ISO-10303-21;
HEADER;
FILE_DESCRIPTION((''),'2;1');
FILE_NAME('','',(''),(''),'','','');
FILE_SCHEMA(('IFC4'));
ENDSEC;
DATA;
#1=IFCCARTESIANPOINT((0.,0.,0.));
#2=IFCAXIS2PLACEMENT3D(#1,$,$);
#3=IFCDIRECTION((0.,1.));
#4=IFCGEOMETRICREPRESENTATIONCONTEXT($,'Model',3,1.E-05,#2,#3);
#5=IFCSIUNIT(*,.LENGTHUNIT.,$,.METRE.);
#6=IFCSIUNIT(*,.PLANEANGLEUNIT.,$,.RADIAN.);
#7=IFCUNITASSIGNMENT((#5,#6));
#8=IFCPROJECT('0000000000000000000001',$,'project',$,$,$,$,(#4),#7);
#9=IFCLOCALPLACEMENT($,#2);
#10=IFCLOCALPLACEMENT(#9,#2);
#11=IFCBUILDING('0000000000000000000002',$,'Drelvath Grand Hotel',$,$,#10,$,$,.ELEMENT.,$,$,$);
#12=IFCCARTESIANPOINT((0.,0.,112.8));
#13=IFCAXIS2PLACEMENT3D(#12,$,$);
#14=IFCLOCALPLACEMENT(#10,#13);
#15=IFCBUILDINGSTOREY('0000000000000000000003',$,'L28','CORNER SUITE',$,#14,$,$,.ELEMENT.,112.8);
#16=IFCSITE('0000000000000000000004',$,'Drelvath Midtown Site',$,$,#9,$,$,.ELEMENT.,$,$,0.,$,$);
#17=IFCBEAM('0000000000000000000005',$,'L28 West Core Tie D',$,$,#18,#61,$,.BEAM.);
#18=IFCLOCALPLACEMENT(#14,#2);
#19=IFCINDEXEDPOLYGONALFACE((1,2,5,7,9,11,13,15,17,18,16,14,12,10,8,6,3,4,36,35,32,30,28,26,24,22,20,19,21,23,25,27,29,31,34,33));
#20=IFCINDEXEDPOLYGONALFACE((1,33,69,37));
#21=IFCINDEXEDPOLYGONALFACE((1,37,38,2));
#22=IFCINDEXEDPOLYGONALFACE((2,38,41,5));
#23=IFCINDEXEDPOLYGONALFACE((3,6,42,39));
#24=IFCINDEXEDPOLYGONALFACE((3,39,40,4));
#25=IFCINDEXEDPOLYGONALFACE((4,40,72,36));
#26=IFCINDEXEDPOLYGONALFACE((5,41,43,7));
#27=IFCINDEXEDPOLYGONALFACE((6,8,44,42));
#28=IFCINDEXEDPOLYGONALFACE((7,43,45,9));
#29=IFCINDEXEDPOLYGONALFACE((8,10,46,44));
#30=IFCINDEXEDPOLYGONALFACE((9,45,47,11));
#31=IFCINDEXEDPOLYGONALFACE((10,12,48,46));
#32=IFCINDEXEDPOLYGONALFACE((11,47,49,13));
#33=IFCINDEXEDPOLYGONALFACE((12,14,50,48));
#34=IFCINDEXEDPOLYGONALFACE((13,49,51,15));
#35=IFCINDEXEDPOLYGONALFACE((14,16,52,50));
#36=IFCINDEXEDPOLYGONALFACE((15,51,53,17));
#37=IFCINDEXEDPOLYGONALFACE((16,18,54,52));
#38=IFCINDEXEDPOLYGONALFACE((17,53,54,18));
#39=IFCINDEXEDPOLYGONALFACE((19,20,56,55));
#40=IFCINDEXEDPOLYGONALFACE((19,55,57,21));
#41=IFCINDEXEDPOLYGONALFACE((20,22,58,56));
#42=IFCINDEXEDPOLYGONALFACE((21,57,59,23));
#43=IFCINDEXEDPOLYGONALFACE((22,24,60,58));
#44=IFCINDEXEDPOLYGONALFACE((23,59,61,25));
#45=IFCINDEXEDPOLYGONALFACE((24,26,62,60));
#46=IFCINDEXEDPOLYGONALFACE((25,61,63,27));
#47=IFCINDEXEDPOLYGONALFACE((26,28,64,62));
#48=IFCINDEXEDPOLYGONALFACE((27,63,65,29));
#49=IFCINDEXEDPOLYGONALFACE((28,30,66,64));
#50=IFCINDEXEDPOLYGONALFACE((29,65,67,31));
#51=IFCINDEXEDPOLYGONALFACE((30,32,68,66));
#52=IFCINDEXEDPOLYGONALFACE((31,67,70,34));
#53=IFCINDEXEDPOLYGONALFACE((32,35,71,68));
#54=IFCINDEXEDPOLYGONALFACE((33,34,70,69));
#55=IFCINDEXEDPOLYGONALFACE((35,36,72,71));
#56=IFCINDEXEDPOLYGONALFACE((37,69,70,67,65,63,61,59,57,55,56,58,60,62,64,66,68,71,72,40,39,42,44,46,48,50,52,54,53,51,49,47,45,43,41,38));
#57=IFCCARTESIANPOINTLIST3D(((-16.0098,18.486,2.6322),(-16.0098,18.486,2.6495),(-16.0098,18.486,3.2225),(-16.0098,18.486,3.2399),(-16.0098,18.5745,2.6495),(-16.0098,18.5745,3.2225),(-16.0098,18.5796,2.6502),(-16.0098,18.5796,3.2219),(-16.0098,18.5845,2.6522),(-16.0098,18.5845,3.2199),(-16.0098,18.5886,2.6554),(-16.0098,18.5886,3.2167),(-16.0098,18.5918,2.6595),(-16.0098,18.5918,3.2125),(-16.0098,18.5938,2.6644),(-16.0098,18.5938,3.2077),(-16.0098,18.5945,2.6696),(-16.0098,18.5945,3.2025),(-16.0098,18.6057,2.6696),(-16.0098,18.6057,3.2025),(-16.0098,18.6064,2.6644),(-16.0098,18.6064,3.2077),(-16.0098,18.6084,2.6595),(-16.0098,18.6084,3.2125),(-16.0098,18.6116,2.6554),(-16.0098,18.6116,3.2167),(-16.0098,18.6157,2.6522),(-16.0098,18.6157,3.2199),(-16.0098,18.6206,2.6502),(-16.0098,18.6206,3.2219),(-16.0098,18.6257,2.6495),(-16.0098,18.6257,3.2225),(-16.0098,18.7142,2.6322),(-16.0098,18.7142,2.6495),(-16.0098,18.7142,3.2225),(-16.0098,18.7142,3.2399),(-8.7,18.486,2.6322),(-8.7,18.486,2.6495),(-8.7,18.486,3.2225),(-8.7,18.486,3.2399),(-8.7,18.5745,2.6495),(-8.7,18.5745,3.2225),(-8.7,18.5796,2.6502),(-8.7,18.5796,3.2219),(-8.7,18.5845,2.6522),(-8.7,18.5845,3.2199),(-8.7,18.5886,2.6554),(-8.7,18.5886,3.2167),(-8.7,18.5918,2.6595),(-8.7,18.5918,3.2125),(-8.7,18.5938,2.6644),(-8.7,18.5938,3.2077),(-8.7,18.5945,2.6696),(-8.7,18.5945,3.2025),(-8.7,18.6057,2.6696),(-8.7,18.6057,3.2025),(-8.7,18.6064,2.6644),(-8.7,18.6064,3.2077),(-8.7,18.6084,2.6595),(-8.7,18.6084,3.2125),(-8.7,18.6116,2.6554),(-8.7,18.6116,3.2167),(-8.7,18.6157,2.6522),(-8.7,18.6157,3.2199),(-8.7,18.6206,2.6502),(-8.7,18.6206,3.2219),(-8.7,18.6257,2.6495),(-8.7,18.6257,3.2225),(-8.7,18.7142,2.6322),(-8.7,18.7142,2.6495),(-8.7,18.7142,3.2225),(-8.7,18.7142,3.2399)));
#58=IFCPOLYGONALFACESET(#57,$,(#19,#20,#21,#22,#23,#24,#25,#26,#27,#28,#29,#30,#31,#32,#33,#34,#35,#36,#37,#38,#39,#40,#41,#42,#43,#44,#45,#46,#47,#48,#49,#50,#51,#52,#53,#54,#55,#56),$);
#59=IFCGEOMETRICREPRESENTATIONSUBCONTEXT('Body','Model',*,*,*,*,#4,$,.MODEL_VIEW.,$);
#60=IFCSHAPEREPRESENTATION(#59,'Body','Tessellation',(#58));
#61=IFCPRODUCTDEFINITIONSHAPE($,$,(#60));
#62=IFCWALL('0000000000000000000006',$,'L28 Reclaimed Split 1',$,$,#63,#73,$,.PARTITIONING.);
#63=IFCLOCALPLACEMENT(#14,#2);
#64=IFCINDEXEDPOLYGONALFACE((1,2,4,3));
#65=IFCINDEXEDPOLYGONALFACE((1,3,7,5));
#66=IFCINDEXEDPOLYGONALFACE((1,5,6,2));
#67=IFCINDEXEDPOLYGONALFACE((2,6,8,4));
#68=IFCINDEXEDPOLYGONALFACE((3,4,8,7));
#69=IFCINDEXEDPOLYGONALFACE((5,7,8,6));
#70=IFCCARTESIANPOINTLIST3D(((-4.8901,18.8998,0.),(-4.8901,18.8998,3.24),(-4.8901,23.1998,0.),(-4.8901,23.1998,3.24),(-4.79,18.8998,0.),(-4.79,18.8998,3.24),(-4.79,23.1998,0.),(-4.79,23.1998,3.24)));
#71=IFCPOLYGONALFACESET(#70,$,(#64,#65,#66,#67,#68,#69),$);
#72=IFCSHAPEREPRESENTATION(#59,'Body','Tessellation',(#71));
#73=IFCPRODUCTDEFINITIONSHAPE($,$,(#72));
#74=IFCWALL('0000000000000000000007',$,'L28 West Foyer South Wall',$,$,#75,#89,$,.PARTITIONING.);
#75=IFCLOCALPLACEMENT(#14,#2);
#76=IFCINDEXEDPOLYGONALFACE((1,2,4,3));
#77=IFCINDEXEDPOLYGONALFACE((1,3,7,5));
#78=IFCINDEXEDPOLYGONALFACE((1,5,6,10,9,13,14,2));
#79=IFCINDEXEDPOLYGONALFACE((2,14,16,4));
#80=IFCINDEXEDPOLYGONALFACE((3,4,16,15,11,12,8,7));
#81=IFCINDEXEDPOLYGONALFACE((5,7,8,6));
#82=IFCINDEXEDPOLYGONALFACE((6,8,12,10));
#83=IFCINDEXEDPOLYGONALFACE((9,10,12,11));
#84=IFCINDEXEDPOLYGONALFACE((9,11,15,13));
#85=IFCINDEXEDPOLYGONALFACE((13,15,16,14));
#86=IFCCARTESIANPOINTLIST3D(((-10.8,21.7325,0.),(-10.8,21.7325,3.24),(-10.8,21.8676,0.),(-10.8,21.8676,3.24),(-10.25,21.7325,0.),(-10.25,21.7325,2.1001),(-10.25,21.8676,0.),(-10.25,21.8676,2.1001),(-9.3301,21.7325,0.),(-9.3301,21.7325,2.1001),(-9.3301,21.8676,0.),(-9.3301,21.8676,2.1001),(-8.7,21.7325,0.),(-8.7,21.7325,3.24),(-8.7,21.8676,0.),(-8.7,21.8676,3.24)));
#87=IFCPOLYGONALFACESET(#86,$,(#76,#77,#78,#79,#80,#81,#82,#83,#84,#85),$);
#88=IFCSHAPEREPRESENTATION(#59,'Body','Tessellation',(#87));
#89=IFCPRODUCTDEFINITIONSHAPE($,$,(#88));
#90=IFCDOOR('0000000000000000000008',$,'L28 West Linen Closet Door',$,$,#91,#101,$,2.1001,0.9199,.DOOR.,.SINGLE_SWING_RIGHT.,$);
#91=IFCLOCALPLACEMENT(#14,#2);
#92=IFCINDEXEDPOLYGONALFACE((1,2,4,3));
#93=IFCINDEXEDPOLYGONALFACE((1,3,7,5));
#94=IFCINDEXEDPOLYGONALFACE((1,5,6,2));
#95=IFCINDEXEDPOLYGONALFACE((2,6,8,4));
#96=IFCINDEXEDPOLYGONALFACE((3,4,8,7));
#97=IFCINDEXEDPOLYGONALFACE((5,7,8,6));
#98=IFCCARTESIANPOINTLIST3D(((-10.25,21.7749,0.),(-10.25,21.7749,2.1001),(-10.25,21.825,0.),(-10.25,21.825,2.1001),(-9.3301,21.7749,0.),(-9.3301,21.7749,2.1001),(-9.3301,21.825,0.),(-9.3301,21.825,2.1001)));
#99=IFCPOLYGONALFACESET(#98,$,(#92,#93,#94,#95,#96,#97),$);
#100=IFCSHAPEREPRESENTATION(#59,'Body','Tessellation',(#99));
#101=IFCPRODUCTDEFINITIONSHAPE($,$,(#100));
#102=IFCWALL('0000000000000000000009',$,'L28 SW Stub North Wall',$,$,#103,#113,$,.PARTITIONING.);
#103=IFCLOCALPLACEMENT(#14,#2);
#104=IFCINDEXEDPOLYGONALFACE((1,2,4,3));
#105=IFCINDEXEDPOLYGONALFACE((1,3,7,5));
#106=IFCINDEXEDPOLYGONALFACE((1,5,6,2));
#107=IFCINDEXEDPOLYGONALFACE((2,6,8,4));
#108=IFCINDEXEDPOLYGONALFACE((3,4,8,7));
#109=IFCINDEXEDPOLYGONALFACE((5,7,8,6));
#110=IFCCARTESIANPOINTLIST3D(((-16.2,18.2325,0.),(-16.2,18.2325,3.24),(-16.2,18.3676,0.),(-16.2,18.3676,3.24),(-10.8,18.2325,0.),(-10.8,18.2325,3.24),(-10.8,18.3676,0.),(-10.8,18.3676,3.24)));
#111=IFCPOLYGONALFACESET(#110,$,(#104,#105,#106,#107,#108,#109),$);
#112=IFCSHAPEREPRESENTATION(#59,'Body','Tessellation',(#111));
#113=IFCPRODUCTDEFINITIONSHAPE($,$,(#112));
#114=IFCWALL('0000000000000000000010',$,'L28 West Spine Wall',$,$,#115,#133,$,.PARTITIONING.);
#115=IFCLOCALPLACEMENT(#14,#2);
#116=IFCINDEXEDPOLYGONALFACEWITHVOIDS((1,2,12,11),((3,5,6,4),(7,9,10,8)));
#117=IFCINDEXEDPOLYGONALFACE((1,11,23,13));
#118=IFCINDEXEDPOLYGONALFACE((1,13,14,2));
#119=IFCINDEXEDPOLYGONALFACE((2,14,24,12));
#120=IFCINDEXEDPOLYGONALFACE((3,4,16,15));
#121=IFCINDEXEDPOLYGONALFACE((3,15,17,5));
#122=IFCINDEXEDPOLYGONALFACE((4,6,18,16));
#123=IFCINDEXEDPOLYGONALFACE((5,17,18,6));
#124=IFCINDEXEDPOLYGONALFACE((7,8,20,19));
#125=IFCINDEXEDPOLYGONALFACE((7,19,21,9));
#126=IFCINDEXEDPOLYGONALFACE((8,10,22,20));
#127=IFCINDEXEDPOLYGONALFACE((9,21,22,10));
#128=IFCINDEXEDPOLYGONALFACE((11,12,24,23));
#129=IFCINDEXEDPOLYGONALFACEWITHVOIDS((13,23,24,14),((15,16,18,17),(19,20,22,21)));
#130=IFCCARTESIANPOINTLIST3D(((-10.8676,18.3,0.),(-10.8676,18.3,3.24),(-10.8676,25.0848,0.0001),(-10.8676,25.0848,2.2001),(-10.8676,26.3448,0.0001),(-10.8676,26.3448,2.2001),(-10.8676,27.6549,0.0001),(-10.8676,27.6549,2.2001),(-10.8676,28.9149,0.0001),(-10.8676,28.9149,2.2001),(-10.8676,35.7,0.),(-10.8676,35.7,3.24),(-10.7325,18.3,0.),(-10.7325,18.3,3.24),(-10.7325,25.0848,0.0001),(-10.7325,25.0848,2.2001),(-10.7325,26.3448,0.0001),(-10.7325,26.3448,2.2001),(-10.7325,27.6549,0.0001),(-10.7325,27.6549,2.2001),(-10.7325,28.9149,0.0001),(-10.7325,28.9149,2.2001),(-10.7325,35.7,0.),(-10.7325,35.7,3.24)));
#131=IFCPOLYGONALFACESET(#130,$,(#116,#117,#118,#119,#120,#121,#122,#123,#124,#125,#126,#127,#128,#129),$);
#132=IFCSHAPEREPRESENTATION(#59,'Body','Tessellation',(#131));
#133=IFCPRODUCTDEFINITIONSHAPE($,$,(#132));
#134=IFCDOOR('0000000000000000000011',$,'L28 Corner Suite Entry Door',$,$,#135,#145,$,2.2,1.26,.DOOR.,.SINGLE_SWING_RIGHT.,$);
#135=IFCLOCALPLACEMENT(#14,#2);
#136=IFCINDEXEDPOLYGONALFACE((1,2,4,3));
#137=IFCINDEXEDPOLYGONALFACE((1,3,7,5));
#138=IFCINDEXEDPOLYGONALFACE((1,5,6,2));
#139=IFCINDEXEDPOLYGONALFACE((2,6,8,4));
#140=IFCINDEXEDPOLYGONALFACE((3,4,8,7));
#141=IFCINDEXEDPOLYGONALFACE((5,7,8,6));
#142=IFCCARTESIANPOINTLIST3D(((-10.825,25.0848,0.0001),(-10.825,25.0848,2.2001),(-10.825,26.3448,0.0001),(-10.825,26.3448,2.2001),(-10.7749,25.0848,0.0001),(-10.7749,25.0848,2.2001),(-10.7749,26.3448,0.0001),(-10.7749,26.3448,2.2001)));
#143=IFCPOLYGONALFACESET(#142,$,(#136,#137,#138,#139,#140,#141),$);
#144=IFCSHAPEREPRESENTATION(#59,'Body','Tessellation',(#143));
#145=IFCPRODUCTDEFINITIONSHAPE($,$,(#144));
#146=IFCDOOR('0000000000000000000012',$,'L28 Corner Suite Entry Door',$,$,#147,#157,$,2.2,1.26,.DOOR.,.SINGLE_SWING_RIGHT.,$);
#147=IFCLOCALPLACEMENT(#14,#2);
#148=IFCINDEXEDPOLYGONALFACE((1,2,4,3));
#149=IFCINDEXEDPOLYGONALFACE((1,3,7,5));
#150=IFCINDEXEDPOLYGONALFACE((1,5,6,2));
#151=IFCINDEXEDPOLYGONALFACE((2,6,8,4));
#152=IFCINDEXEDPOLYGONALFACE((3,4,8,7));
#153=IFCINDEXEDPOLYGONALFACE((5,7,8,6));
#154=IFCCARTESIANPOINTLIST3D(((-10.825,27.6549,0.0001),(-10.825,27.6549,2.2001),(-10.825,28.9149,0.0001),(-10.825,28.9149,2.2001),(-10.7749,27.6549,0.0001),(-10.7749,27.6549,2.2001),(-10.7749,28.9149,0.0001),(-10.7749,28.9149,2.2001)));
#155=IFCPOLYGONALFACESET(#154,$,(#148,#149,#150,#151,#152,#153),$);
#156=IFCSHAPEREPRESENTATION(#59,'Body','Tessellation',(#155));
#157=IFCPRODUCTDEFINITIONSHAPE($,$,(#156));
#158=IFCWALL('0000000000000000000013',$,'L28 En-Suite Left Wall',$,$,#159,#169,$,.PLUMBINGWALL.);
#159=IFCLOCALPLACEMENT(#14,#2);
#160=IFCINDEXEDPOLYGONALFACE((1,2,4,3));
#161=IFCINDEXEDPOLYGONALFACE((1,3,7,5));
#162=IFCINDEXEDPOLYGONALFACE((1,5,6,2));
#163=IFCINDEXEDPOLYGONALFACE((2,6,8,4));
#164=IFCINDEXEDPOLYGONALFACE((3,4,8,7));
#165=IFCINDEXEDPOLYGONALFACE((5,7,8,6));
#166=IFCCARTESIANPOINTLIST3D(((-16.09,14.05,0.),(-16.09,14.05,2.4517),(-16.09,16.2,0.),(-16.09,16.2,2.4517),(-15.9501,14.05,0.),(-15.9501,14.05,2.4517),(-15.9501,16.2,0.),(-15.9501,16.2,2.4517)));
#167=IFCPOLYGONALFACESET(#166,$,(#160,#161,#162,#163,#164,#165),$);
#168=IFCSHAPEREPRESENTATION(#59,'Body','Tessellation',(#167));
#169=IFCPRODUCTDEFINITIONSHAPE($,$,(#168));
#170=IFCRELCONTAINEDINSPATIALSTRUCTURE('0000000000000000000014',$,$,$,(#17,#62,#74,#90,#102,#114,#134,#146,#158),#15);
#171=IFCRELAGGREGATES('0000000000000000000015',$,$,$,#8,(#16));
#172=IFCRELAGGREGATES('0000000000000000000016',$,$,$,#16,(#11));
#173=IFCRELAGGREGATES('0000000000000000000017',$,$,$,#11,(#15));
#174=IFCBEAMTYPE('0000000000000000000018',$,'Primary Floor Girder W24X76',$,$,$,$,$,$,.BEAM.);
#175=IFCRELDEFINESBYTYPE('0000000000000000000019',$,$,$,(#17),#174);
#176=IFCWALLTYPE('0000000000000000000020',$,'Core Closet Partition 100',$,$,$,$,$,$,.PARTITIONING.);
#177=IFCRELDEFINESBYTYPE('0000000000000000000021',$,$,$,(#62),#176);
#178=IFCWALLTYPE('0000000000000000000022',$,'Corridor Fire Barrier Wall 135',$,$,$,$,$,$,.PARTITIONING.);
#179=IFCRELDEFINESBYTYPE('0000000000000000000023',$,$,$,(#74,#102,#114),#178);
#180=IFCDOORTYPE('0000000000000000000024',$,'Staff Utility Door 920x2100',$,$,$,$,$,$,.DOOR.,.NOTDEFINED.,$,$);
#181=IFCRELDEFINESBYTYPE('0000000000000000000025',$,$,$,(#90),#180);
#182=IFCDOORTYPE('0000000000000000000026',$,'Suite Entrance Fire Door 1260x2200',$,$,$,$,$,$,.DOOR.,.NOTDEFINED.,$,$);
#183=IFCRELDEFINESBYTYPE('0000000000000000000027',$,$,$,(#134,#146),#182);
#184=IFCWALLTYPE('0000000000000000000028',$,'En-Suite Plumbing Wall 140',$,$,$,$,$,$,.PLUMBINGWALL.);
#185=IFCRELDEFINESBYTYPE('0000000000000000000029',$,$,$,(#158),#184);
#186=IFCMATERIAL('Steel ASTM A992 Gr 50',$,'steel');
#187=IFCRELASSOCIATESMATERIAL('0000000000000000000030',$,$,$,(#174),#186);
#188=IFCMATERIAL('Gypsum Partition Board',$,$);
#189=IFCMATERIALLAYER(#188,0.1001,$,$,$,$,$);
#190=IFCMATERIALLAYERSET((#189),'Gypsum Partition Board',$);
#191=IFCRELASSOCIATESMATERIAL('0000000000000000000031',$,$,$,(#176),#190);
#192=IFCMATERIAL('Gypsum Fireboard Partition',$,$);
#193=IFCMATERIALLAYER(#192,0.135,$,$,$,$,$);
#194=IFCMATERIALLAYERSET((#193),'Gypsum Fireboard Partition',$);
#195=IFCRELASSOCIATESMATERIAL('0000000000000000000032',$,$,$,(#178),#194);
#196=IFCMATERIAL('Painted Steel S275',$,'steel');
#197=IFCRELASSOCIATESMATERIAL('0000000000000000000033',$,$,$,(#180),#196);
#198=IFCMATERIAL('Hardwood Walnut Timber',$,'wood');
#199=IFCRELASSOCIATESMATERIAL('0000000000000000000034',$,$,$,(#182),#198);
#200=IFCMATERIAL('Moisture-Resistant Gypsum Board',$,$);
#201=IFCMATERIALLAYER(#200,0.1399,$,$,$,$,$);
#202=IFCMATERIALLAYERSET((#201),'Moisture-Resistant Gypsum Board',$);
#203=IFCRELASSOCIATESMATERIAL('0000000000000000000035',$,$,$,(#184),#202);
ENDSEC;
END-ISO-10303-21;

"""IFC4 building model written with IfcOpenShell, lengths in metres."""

from ifc_helpers import new_model, si_unit, direction, frame, frame_2d, origin, origin_2d, place, context, subcontext, project, spatial, rectangle, i_section, extrude, material, layer, layer_set, material_profile, profile_set, type_object, element, fill, save


model = new_model("IFC4")

# Units and contexts
model_context = context("Model", 3, precision=1e-05, world=origin(), true_north=direction((0.0, 1.0)))
body_context = subcontext(model_context, "Body", "Model", "MODEL_VIEW")
ifc_project = project(units=[si_unit("LENGTHUNIT", "METRE"), si_unit("PLANEANGLEUNIT", "RADIAN")], contexts=[model_context])

# Site, building, storey
site_placement = place(None, origin())
site = spatial("IfcSite", under=ifc_project, at=site_placement, Name="Drelvath Midtown Site", CompositionType="ELEMENT", RefElevation=0.0)
building_placement = place(site_placement, origin())
building = spatial("IfcBuilding", under=site, at=building_placement, Name="Drelvath Grand Hotel", CompositionType="ELEMENT")
storey_placement = place(building_placement, frame((0.0, 0.0, 112.8)))
storey = spatial("IfcBuildingStorey", under=building, at=storey_placement, Name="L28", Description="CORNER SUITE", CompositionType="ELEMENT", Elevation=112.8)

# Beam
ifc_material_1 = material(Name="Steel ASTM A992 Gr 50", Category="steel")
ifc_material_profile = material_profile(ifc_material_1, i_section(OverallWidth=0.2283, OverallDepth=0.6077, WebThickness=0.0112, FlangeThickness=0.0173, FilletRadius=0.02, at=origin_2d()), Name="W24X76")
ifc_profile_set = profile_set([ifc_material_profile], Name="Steel ASTM A992 Gr 50")
beam_type = type_object("IfcBeamType", Name="Primary Floor Girder W24X76", PredefinedType="BEAM", material=ifc_profile_set)
beam_placement = place(storey_placement, frame((-16.0098, 18.6001, 2.936), z_axis=(1.0, 0.0, 0.0), x_axis=(0.0, 1.0, 0.0)))
element("IfcBeam", 1, at=beam_placement, inside=storey, type_object=beam_type, Name="L28 West Core Tie D", PredefinedType="BEAM", context=body_context, shape_type="SweptSolid", body=[
    extrude(i_section(OverallWidth=0.2283, OverallDepth=0.6077, WebThickness=0.0112, FlangeThickness=0.0173, FilletRadius=0.02, at=origin_2d()), origin(), (0.0, 0.0, 1.0), 7.3098),
])

# Wall
ifc_material_2 = material(Name="Gypsum Partition Board")
ifc_layer_1 = layer(ifc_material_2, 0.1001)
ifc_layer_set_1 = layer_set([ifc_layer_1], Name="Gypsum Partition Board")
wall_type_1 = type_object("IfcWallType", Name="Core Closet Partition 100", PredefinedType="PARTITIONING", material=ifc_layer_set_1)
wall_1_placement = place(storey_placement, frame((-4.8401, 18.8999, 0.0), z_axis=(0.0, 0.0, 1.0), x_axis=(0.0, 1.0, 0.0)))
element("IfcWall", 2, at=wall_1_placement, inside=storey, type_object=wall_type_1, Name="L28 Reclaimed Split 1", PredefinedType="PARTITIONING", context=body_context, shape_type="SweptSolid", body=[
    extrude(rectangle(XDim=4.3, YDim=0.1001, at=frame_2d((2.1499, 0.0))), origin(), (0.0, 0.0, 1.0), 3.24),
])

# Wall, opening, door
ifc_material_3 = material(Name="Gypsum Fireboard Partition")
ifc_layer_2 = layer(ifc_material_3, 0.135)
ifc_layer_set_2 = layer_set([ifc_layer_2], Name="Gypsum Fireboard Partition")
wall_type_2 = type_object("IfcWallType", Name="Corridor Fire Barrier Wall 135", PredefinedType="PARTITIONING", material=ifc_layer_set_2)
wall_2_placement = place(storey_placement, frame((-10.8, 21.8, 0.0), z_axis=(0.0, 0.0, 1.0), x_axis=(1.0, 0.0, 0.0)))
wall_2 = element("IfcWall", 3, at=wall_2_placement, inside=storey, type_object=wall_type_2, Name="L28 West Foyer South Wall", PredefinedType="PARTITIONING", context=body_context, shape_type="SweptSolid", body=[
    extrude(rectangle(XDim=2.1001, YDim=0.135, at=frame_2d((1.05, 0.0))), origin(), (0.0, 0.0, 1.0), 3.24),
])
opening_1_placement = place(wall_2_placement, frame((0.55, 0.0, 0.0)))
opening_1 = element("IfcOpeningElement", 4, at=opening_1_placement, cuts=wall_2, PredefinedType="OPENING", context=body_context, shape_type="SweptSolid", body=[
    extrude(rectangle(XDim=0.9199, YDim=2.1001, at=frame_2d((0.46, 1.05))), frame((0.0, 0.0774, 0.0), z_axis=(0.0, -1.0, 0.0), x_axis=(1.0, 0.0, 0.0)), (0.0, 0.0, 1.0), 0.155),
])
ifc_material_4 = material(Name="Painted Steel S275", Category="steel")
door_type_1 = type_object("IfcDoorType", Name="Staff Utility Door 920x2100", OperationType="NOTDEFINED", PredefinedType="DOOR", material=ifc_material_4)
door_1_placement = place(opening_1_placement, origin())
door_1 = element("IfcDoor", 5, at=door_1_placement, inside=storey, type_object=door_type_1, Name="L28 West Linen Closet Door", OperationType="SINGLE_SWING_RIGHT", OverallHeight=2.1001, OverallWidth=0.9199, PredefinedType="DOOR", context=body_context, shape_type="SweptSolid", body=[
    extrude(rectangle(XDim=0.9199, YDim=2.1001, at=frame_2d((0.46, 1.05))), frame((0.0, 0.0249, 0.0), z_axis=(0.0, -1.0, 0.0), x_axis=(1.0, 0.0, 0.0)), (0.0, 0.0, 1.0), 0.05),
])
fill(opening_1, door_1)

# Wall
wall_3_placement = place(storey_placement, frame((-16.2, 18.3, 0.0), z_axis=(0.0, 0.0, 1.0), x_axis=(1.0, 0.0, 0.0)))
element("IfcWall", 6, at=wall_3_placement, inside=storey, type_object=wall_type_2, Name="L28 SW Stub North Wall", PredefinedType="PARTITIONING", context=body_context, shape_type="SweptSolid", body=[
    extrude(rectangle(XDim=5.3999, YDim=0.135, at=frame_2d((2.7, 0.0))), origin(), (0.0, 0.0, 1.0), 3.24),
])

# Wall, openings, doors
wall_4_placement = place(storey_placement, frame((-10.8, 18.3, 0.0), z_axis=(0.0, 0.0, 1.0), x_axis=(0.0, 1.0, 0.0)))
wall_4 = element("IfcWall", 7, at=wall_4_placement, inside=storey, type_object=wall_type_2, Name="L28 West Spine Wall", PredefinedType="PARTITIONING", context=body_context, shape_type="SweptSolid", body=[
    extrude(rectangle(XDim=17.3999, YDim=0.135, at=frame_2d((8.7, 0.0))), origin(), (0.0, 0.0, 1.0), 3.24),
])
opening_2_placement = place(wall_4_placement, frame((6.7849, 0.0, 0.0)))
opening_2 = element("IfcOpeningElement", 8, at=opening_2_placement, cuts=wall_4, PredefinedType="OPENING", context=body_context, shape_type="SweptSolid", body=[
    extrude(rectangle(XDim=1.26, YDim=2.2, at=frame_2d((0.6299, 1.1001))), frame((0.0, 0.0774, 0.0), z_axis=(0.0, -1.0, 0.0), x_axis=(1.0, 0.0, 0.0)), (0.0, 0.0, 1.0), 0.155),
])
opening_3_placement = place(wall_4_placement, frame((9.355, 0.0, 0.0)))
opening_3 = element("IfcOpeningElement", 9, at=opening_3_placement, cuts=wall_4, PredefinedType="OPENING", context=body_context, shape_type="SweptSolid", body=[
    extrude(rectangle(XDim=1.26, YDim=2.2, at=frame_2d((0.6299, 1.1001))), frame((0.0, 0.0774, 0.0), z_axis=(0.0, -1.0, 0.0), x_axis=(1.0, 0.0, 0.0)), (0.0, 0.0, 1.0), 0.155),
])
ifc_material_5 = material(Name="Hardwood Walnut Timber", Category="wood")
door_type_2 = type_object("IfcDoorType", Name="Suite Entrance Fire Door 1260x2200", OperationType="NOTDEFINED", PredefinedType="DOOR", material=ifc_material_5)
door_2_placement = place(opening_2_placement, origin())
door_2 = element("IfcDoor", 10, at=door_2_placement, inside=storey, type_object=door_type_2, Name="L28 Corner Suite Entry Door", OperationType="SINGLE_SWING_RIGHT", OverallHeight=2.2, OverallWidth=1.26, PredefinedType="DOOR", context=body_context, shape_type="SweptSolid", body=[
    extrude(rectangle(XDim=1.26, YDim=2.2, at=frame_2d((0.6299, 1.1001))), frame((0.0, 0.0249, 0.0), z_axis=(0.0, -1.0, 0.0), x_axis=(1.0, 0.0, 0.0)), (0.0, 0.0, 1.0), 0.05),
])
fill(opening_2, door_2)
door_3_placement = place(opening_3_placement, origin())
door_3 = element("IfcDoor", 11, at=door_3_placement, inside=storey, type_object=door_type_2, Name="L28 Corner Suite Entry Door", OperationType="SINGLE_SWING_RIGHT", OverallHeight=2.2, OverallWidth=1.26, PredefinedType="DOOR", context=body_context, shape_type="SweptSolid", body=[
    extrude(rectangle(XDim=1.26, YDim=2.2, at=frame_2d((0.6299, 1.1001))), frame((0.0, 0.0249, 0.0), z_axis=(0.0, -1.0, 0.0), x_axis=(1.0, 0.0, 0.0)), (0.0, 0.0, 1.0), 0.05),
])
fill(opening_3, door_3)

# Wall
ifc_material_6 = material(Name="Moisture-Resistant Gypsum Board")
ifc_layer_3 = layer(ifc_material_6, 0.1399)
ifc_layer_set_3 = layer_set([ifc_layer_3], Name="Moisture-Resistant Gypsum Board")
wall_type_3 = type_object("IfcWallType", Name="En-Suite Plumbing Wall 140", PredefinedType="PLUMBINGWALL", material=ifc_layer_set_3)
wall_5_placement = place(storey_placement, frame((-16.02, 16.2, 0.0), z_axis=(0.0, 0.0, 1.0), x_axis=(0.0, -1.0, 0.0)))
element("IfcWall", 12, at=wall_5_placement, inside=storey, type_object=wall_type_3, Name="L28 En-Suite Left Wall", PredefinedType="PLUMBINGWALL", context=body_context, shape_type="SweptSolid", body=[
    extrude(rectangle(XDim=2.1499, YDim=0.1399, at=frame_2d((1.075, 0.0))), origin(), (0.0, 0.0, 1.0), 2.4517),
])

save(model, "model.ifc")
